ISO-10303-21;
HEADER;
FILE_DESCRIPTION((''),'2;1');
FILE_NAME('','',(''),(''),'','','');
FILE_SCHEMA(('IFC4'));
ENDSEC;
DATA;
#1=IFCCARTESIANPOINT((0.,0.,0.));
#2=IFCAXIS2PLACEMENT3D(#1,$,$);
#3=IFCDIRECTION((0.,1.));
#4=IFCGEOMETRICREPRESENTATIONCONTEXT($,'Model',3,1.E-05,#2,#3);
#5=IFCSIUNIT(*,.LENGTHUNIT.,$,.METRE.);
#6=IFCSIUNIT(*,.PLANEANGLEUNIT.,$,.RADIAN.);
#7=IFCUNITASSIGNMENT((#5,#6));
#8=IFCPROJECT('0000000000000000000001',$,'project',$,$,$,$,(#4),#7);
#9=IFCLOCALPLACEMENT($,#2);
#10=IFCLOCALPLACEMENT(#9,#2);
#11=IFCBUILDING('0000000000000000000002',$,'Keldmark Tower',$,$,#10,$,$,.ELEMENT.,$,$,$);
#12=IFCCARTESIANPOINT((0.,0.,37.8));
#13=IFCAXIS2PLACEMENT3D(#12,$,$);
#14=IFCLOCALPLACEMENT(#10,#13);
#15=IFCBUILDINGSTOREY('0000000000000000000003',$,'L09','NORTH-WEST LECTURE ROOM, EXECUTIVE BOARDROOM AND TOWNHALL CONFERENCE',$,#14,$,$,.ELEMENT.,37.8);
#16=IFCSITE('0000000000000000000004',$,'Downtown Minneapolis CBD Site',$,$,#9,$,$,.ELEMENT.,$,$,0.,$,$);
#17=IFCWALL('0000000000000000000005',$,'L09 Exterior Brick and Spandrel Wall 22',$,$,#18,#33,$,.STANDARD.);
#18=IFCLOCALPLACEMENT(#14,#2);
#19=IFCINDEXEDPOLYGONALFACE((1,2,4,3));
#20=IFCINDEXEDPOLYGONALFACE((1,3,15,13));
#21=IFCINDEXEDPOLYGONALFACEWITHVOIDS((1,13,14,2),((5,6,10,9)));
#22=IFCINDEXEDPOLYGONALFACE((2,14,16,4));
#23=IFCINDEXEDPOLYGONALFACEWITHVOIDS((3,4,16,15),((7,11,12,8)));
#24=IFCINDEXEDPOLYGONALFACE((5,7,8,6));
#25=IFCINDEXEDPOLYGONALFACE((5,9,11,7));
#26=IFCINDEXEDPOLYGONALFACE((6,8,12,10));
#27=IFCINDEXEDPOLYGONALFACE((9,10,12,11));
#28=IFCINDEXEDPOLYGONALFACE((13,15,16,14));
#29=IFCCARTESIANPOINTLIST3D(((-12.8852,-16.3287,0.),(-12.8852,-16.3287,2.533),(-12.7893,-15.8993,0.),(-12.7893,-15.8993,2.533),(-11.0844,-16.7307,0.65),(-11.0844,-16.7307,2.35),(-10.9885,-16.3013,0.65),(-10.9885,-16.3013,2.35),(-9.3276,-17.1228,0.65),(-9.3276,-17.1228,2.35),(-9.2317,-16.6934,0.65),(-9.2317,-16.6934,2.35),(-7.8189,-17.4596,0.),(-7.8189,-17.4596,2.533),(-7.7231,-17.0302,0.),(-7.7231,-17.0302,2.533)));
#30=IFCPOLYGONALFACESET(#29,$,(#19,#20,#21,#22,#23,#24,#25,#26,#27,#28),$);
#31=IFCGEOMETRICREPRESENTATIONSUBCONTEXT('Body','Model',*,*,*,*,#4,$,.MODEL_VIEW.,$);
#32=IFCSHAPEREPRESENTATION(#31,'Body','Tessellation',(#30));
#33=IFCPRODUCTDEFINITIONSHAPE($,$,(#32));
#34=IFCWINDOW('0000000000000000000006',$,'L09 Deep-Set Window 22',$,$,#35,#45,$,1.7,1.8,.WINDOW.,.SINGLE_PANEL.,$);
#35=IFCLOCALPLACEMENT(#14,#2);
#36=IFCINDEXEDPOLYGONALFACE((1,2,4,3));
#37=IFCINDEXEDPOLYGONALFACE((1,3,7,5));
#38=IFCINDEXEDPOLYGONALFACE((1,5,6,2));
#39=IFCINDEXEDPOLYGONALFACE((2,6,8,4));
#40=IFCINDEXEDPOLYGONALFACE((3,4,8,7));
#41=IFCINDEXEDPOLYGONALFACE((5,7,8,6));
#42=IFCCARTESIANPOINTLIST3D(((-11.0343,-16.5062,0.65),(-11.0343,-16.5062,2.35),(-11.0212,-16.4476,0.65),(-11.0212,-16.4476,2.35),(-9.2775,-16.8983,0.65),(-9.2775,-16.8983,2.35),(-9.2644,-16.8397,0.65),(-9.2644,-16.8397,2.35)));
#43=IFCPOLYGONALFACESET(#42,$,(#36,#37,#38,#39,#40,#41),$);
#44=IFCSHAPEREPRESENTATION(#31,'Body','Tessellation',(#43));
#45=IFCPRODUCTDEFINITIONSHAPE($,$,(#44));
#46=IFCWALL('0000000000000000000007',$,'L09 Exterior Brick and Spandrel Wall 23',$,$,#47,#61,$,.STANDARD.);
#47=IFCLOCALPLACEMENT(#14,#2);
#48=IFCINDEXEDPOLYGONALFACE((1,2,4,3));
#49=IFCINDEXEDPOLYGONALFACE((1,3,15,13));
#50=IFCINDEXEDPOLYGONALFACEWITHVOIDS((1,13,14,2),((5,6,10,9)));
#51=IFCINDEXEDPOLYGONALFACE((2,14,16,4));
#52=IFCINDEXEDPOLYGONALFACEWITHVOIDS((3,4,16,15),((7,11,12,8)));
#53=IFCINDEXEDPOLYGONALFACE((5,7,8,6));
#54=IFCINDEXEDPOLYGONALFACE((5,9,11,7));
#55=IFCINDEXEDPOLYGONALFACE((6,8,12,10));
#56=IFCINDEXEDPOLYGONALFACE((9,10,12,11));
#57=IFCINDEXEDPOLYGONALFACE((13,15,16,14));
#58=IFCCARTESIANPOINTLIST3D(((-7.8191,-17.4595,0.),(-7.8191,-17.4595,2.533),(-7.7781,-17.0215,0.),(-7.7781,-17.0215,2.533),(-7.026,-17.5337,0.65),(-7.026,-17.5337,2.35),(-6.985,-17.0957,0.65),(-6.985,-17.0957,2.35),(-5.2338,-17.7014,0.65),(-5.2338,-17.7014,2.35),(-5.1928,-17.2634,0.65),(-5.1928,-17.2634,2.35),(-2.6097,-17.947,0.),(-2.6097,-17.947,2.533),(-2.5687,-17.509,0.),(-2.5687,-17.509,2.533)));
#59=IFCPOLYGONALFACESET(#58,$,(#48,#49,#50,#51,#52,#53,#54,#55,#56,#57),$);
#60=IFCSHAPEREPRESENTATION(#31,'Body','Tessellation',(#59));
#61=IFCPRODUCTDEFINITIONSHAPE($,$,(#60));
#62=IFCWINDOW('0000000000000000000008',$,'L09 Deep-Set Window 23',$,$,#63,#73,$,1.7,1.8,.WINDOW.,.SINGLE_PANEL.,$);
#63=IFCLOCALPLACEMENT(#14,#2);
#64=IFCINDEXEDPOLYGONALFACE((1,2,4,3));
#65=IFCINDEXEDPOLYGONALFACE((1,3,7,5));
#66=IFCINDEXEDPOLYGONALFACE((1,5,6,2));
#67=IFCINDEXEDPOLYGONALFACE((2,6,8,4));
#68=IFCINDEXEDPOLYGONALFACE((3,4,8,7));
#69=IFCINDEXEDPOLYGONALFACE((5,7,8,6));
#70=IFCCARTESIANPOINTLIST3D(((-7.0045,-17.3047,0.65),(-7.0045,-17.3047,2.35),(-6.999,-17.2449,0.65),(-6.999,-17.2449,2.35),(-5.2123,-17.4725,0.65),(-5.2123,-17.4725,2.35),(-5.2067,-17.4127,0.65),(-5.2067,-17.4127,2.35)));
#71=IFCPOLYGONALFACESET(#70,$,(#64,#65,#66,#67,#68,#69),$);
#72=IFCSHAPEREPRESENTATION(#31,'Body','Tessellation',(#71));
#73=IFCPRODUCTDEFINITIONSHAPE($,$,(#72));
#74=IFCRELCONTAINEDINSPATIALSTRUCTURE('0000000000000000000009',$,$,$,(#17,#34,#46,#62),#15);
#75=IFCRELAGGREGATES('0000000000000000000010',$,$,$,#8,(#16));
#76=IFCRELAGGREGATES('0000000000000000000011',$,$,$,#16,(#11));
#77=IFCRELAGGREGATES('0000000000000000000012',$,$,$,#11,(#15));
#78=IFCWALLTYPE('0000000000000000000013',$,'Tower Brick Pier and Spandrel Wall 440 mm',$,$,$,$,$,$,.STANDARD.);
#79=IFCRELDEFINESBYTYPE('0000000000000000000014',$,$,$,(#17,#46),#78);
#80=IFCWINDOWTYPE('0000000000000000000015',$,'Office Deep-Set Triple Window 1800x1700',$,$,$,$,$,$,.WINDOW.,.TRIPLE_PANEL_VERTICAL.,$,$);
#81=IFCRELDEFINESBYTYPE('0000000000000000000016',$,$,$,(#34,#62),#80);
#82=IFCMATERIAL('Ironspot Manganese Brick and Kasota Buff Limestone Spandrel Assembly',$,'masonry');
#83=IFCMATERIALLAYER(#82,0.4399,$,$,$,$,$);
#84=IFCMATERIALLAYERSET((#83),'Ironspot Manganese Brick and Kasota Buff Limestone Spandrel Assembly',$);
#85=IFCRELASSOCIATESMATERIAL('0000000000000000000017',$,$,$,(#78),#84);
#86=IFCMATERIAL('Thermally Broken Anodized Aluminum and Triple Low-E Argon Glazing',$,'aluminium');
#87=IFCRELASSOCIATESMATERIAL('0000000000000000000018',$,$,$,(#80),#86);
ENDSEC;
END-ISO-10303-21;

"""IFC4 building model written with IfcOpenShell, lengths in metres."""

from ifc_helpers import new_model, si_unit, direction, frame, frame_2d, origin, place, context, subcontext, project, spatial, rectangle, extrude, material, layer, layer_set, type_object, element, fill, save


model = new_model("IFC4")

# Units and contexts
model_context = context("Model", 3, precision=1e-05, world=origin(), true_north=direction((0.0, 1.0)))
body_context = subcontext(model_context, "Body", "Model", "MODEL_VIEW")
ifc_project = project(units=[si_unit("LENGTHUNIT", "METRE"), si_unit("PLANEANGLEUNIT", "RADIAN")], contexts=[model_context])

# Site, building, storey
site_placement = place(None, origin())
site = spatial("IfcSite", under=ifc_project, at=site_placement, Name="Downtown Minneapolis CBD Site", CompositionType="ELEMENT", RefElevation=0.0)
building_placement = place(site_placement, origin())
building = spatial("IfcBuilding", under=site, at=building_placement, Name="Keldmark Tower", CompositionType="ELEMENT")
storey_placement = place(building_placement, frame((0.0, 0.0, 37.8)))
storey = spatial("IfcBuildingStorey", under=building, at=storey_placement, Name="L09", Description="NORTH-WEST LECTURE ROOM, EXECUTIVE BOARDROOM AND TOWNHALL CONFERENCE", CompositionType="ELEMENT", Elevation=37.8)

# Walls, openings, windows
ifc_material_1 = material(Name="Ironspot Manganese Brick and Kasota Buff Limestone Spandrel Assembly", Category="masonry")
ifc_layer_1 = layer(ifc_material_1, 0.4399)
ifc_layer_set_1 = layer_set([ifc_layer_1], Name="Ironspot Manganese Brick and Kasota Buff Limestone Spandrel Assembly")
wall_type_1 = type_object("IfcWallType", Name="Tower Brick Pier and Spandrel Wall 440 mm", PredefinedType="STANDARD", material=ifc_layer_set_1)
ifc_material_2 = material(Name="Thermally Broken Anodized Aluminum and Triple Low-E Argon Glazing", Category="aluminium")
window_type = type_object("IfcWindowType", Name="Office Deep-Set Triple Window 1800x1700", PartitioningType="TRIPLE_PANEL_VERTICAL", PredefinedType="WINDOW", material=ifc_material_2)
wall_1_placement = place(storey_placement, frame((-7.771, -17.2449, 0.0), z_axis=(0.0, 0.0, 1.0), x_axis=(-0.975981, 0.217857, 0.0)))
wall_1 = element("IfcWall", 1, at=wall_1_placement, inside=storey, type_object=wall_type_1, Name="L09 Exterior Brick and Spandrel Wall 22", PredefinedType="STANDARD", context=body_context, shape_type="SweptSolid", body=[
    extrude(rectangle(XDim=5.1909, YDim=0.4399, at=frame_2d((2.5955, 0.0))), origin(), (0.0, 0.0, 1.0), 2.533),
])
opening_1_placement = place(wall_1_placement, frame((1.5459, 0.0, 0.6499)))
opening_1 = element("IfcOpeningElement", 2, at=opening_1_placement, cuts=wall_1, PredefinedType="OPENING", context=body_context, shape_type="SweptSolid", body=[
    extrude(rectangle(XDim=1.8, YDim=1.7, at=frame_2d((0.8999, 0.8501))), frame((0.0, 0.23, 0.0), z_axis=(0.0, -1.0, 0.0), x_axis=(1.0, 0.0, 0.0)), (0.0, 0.0, 1.0), 0.46),
])
window_1_placement = place(opening_1_placement, origin())
window_1 = element("IfcWindow", 3, at=window_1_placement, inside=storey, type_object=window_type, Name="L09 Deep-Set Window 22", OverallHeight=1.7, OverallWidth=1.8, PartitioningType="SINGLE_PANEL", PredefinedType="WINDOW", context=body_context, shape_type="SweptSolid", body=[
    extrude(rectangle(XDim=1.8, YDim=1.7, at=frame_2d((0.8999, 0.8501))), frame((0.0, -0.01, 0.0), z_axis=(0.0, -1.0, 0.0), x_axis=(1.0, 0.0, 0.0)), (0.0, 0.0, 1.0), 0.0601),
])
fill(opening_1, window_1)
wall_2_placement = place(storey_placement, frame((-2.5891, -17.728, 0.0), z_axis=(0.0, 0.0, 1.0), x_axis=(-0.995649, 0.093182, 0.0)))
wall_2 = element("IfcWall", 4, at=wall_2_placement, inside=storey, type_object=wall_type_1, Name="L09 Exterior Brick and Spandrel Wall 23", PredefinedType="STANDARD", context=body_context, shape_type="SweptSolid", body=[
    extrude(rectangle(XDim=5.2322, YDim=0.4399, at=frame_2d((2.6162, 0.0))), origin(), (0.0, 0.0, 1.0), 2.533),
])
opening_2_placement = place(wall_2_placement, frame((2.6357, 0.0, 0.6499)))
opening_2 = element("IfcOpeningElement", 5, at=opening_2_placement, cuts=wall_2, PredefinedType="OPENING", context=body_context, shape_type="SweptSolid", body=[
    extrude(rectangle(XDim=1.8, YDim=1.7, at=frame_2d((0.8999, 0.8501))), frame((0.0, 0.23, 0.0), z_axis=(0.0, -1.0, 0.0), x_axis=(1.0, 0.0, 0.0)), (0.0, 0.0, 1.0), 0.46),
])
window_2_placement = place(opening_2_placement, origin())
window_2 = element("IfcWindow", 6, at=window_2_placement, inside=storey, type_object=window_type, Name="L09 Deep-Set Window 23", OverallHeight=1.7, OverallWidth=1.8, PartitioningType="SINGLE_PANEL", PredefinedType="WINDOW", context=body_context, shape_type="SweptSolid", body=[
    extrude(rectangle(XDim=1.8, YDim=1.7, at=frame_2d((0.8999, 0.8501))), frame((0.0, -0.01, 0.0), z_axis=(0.0, -1.0, 0.0), x_axis=(1.0, 0.0, 0.0)), (0.0, 0.0, 1.0), 0.0601),
])
fill(opening_2, window_2)

save(model, "model.ifc")
